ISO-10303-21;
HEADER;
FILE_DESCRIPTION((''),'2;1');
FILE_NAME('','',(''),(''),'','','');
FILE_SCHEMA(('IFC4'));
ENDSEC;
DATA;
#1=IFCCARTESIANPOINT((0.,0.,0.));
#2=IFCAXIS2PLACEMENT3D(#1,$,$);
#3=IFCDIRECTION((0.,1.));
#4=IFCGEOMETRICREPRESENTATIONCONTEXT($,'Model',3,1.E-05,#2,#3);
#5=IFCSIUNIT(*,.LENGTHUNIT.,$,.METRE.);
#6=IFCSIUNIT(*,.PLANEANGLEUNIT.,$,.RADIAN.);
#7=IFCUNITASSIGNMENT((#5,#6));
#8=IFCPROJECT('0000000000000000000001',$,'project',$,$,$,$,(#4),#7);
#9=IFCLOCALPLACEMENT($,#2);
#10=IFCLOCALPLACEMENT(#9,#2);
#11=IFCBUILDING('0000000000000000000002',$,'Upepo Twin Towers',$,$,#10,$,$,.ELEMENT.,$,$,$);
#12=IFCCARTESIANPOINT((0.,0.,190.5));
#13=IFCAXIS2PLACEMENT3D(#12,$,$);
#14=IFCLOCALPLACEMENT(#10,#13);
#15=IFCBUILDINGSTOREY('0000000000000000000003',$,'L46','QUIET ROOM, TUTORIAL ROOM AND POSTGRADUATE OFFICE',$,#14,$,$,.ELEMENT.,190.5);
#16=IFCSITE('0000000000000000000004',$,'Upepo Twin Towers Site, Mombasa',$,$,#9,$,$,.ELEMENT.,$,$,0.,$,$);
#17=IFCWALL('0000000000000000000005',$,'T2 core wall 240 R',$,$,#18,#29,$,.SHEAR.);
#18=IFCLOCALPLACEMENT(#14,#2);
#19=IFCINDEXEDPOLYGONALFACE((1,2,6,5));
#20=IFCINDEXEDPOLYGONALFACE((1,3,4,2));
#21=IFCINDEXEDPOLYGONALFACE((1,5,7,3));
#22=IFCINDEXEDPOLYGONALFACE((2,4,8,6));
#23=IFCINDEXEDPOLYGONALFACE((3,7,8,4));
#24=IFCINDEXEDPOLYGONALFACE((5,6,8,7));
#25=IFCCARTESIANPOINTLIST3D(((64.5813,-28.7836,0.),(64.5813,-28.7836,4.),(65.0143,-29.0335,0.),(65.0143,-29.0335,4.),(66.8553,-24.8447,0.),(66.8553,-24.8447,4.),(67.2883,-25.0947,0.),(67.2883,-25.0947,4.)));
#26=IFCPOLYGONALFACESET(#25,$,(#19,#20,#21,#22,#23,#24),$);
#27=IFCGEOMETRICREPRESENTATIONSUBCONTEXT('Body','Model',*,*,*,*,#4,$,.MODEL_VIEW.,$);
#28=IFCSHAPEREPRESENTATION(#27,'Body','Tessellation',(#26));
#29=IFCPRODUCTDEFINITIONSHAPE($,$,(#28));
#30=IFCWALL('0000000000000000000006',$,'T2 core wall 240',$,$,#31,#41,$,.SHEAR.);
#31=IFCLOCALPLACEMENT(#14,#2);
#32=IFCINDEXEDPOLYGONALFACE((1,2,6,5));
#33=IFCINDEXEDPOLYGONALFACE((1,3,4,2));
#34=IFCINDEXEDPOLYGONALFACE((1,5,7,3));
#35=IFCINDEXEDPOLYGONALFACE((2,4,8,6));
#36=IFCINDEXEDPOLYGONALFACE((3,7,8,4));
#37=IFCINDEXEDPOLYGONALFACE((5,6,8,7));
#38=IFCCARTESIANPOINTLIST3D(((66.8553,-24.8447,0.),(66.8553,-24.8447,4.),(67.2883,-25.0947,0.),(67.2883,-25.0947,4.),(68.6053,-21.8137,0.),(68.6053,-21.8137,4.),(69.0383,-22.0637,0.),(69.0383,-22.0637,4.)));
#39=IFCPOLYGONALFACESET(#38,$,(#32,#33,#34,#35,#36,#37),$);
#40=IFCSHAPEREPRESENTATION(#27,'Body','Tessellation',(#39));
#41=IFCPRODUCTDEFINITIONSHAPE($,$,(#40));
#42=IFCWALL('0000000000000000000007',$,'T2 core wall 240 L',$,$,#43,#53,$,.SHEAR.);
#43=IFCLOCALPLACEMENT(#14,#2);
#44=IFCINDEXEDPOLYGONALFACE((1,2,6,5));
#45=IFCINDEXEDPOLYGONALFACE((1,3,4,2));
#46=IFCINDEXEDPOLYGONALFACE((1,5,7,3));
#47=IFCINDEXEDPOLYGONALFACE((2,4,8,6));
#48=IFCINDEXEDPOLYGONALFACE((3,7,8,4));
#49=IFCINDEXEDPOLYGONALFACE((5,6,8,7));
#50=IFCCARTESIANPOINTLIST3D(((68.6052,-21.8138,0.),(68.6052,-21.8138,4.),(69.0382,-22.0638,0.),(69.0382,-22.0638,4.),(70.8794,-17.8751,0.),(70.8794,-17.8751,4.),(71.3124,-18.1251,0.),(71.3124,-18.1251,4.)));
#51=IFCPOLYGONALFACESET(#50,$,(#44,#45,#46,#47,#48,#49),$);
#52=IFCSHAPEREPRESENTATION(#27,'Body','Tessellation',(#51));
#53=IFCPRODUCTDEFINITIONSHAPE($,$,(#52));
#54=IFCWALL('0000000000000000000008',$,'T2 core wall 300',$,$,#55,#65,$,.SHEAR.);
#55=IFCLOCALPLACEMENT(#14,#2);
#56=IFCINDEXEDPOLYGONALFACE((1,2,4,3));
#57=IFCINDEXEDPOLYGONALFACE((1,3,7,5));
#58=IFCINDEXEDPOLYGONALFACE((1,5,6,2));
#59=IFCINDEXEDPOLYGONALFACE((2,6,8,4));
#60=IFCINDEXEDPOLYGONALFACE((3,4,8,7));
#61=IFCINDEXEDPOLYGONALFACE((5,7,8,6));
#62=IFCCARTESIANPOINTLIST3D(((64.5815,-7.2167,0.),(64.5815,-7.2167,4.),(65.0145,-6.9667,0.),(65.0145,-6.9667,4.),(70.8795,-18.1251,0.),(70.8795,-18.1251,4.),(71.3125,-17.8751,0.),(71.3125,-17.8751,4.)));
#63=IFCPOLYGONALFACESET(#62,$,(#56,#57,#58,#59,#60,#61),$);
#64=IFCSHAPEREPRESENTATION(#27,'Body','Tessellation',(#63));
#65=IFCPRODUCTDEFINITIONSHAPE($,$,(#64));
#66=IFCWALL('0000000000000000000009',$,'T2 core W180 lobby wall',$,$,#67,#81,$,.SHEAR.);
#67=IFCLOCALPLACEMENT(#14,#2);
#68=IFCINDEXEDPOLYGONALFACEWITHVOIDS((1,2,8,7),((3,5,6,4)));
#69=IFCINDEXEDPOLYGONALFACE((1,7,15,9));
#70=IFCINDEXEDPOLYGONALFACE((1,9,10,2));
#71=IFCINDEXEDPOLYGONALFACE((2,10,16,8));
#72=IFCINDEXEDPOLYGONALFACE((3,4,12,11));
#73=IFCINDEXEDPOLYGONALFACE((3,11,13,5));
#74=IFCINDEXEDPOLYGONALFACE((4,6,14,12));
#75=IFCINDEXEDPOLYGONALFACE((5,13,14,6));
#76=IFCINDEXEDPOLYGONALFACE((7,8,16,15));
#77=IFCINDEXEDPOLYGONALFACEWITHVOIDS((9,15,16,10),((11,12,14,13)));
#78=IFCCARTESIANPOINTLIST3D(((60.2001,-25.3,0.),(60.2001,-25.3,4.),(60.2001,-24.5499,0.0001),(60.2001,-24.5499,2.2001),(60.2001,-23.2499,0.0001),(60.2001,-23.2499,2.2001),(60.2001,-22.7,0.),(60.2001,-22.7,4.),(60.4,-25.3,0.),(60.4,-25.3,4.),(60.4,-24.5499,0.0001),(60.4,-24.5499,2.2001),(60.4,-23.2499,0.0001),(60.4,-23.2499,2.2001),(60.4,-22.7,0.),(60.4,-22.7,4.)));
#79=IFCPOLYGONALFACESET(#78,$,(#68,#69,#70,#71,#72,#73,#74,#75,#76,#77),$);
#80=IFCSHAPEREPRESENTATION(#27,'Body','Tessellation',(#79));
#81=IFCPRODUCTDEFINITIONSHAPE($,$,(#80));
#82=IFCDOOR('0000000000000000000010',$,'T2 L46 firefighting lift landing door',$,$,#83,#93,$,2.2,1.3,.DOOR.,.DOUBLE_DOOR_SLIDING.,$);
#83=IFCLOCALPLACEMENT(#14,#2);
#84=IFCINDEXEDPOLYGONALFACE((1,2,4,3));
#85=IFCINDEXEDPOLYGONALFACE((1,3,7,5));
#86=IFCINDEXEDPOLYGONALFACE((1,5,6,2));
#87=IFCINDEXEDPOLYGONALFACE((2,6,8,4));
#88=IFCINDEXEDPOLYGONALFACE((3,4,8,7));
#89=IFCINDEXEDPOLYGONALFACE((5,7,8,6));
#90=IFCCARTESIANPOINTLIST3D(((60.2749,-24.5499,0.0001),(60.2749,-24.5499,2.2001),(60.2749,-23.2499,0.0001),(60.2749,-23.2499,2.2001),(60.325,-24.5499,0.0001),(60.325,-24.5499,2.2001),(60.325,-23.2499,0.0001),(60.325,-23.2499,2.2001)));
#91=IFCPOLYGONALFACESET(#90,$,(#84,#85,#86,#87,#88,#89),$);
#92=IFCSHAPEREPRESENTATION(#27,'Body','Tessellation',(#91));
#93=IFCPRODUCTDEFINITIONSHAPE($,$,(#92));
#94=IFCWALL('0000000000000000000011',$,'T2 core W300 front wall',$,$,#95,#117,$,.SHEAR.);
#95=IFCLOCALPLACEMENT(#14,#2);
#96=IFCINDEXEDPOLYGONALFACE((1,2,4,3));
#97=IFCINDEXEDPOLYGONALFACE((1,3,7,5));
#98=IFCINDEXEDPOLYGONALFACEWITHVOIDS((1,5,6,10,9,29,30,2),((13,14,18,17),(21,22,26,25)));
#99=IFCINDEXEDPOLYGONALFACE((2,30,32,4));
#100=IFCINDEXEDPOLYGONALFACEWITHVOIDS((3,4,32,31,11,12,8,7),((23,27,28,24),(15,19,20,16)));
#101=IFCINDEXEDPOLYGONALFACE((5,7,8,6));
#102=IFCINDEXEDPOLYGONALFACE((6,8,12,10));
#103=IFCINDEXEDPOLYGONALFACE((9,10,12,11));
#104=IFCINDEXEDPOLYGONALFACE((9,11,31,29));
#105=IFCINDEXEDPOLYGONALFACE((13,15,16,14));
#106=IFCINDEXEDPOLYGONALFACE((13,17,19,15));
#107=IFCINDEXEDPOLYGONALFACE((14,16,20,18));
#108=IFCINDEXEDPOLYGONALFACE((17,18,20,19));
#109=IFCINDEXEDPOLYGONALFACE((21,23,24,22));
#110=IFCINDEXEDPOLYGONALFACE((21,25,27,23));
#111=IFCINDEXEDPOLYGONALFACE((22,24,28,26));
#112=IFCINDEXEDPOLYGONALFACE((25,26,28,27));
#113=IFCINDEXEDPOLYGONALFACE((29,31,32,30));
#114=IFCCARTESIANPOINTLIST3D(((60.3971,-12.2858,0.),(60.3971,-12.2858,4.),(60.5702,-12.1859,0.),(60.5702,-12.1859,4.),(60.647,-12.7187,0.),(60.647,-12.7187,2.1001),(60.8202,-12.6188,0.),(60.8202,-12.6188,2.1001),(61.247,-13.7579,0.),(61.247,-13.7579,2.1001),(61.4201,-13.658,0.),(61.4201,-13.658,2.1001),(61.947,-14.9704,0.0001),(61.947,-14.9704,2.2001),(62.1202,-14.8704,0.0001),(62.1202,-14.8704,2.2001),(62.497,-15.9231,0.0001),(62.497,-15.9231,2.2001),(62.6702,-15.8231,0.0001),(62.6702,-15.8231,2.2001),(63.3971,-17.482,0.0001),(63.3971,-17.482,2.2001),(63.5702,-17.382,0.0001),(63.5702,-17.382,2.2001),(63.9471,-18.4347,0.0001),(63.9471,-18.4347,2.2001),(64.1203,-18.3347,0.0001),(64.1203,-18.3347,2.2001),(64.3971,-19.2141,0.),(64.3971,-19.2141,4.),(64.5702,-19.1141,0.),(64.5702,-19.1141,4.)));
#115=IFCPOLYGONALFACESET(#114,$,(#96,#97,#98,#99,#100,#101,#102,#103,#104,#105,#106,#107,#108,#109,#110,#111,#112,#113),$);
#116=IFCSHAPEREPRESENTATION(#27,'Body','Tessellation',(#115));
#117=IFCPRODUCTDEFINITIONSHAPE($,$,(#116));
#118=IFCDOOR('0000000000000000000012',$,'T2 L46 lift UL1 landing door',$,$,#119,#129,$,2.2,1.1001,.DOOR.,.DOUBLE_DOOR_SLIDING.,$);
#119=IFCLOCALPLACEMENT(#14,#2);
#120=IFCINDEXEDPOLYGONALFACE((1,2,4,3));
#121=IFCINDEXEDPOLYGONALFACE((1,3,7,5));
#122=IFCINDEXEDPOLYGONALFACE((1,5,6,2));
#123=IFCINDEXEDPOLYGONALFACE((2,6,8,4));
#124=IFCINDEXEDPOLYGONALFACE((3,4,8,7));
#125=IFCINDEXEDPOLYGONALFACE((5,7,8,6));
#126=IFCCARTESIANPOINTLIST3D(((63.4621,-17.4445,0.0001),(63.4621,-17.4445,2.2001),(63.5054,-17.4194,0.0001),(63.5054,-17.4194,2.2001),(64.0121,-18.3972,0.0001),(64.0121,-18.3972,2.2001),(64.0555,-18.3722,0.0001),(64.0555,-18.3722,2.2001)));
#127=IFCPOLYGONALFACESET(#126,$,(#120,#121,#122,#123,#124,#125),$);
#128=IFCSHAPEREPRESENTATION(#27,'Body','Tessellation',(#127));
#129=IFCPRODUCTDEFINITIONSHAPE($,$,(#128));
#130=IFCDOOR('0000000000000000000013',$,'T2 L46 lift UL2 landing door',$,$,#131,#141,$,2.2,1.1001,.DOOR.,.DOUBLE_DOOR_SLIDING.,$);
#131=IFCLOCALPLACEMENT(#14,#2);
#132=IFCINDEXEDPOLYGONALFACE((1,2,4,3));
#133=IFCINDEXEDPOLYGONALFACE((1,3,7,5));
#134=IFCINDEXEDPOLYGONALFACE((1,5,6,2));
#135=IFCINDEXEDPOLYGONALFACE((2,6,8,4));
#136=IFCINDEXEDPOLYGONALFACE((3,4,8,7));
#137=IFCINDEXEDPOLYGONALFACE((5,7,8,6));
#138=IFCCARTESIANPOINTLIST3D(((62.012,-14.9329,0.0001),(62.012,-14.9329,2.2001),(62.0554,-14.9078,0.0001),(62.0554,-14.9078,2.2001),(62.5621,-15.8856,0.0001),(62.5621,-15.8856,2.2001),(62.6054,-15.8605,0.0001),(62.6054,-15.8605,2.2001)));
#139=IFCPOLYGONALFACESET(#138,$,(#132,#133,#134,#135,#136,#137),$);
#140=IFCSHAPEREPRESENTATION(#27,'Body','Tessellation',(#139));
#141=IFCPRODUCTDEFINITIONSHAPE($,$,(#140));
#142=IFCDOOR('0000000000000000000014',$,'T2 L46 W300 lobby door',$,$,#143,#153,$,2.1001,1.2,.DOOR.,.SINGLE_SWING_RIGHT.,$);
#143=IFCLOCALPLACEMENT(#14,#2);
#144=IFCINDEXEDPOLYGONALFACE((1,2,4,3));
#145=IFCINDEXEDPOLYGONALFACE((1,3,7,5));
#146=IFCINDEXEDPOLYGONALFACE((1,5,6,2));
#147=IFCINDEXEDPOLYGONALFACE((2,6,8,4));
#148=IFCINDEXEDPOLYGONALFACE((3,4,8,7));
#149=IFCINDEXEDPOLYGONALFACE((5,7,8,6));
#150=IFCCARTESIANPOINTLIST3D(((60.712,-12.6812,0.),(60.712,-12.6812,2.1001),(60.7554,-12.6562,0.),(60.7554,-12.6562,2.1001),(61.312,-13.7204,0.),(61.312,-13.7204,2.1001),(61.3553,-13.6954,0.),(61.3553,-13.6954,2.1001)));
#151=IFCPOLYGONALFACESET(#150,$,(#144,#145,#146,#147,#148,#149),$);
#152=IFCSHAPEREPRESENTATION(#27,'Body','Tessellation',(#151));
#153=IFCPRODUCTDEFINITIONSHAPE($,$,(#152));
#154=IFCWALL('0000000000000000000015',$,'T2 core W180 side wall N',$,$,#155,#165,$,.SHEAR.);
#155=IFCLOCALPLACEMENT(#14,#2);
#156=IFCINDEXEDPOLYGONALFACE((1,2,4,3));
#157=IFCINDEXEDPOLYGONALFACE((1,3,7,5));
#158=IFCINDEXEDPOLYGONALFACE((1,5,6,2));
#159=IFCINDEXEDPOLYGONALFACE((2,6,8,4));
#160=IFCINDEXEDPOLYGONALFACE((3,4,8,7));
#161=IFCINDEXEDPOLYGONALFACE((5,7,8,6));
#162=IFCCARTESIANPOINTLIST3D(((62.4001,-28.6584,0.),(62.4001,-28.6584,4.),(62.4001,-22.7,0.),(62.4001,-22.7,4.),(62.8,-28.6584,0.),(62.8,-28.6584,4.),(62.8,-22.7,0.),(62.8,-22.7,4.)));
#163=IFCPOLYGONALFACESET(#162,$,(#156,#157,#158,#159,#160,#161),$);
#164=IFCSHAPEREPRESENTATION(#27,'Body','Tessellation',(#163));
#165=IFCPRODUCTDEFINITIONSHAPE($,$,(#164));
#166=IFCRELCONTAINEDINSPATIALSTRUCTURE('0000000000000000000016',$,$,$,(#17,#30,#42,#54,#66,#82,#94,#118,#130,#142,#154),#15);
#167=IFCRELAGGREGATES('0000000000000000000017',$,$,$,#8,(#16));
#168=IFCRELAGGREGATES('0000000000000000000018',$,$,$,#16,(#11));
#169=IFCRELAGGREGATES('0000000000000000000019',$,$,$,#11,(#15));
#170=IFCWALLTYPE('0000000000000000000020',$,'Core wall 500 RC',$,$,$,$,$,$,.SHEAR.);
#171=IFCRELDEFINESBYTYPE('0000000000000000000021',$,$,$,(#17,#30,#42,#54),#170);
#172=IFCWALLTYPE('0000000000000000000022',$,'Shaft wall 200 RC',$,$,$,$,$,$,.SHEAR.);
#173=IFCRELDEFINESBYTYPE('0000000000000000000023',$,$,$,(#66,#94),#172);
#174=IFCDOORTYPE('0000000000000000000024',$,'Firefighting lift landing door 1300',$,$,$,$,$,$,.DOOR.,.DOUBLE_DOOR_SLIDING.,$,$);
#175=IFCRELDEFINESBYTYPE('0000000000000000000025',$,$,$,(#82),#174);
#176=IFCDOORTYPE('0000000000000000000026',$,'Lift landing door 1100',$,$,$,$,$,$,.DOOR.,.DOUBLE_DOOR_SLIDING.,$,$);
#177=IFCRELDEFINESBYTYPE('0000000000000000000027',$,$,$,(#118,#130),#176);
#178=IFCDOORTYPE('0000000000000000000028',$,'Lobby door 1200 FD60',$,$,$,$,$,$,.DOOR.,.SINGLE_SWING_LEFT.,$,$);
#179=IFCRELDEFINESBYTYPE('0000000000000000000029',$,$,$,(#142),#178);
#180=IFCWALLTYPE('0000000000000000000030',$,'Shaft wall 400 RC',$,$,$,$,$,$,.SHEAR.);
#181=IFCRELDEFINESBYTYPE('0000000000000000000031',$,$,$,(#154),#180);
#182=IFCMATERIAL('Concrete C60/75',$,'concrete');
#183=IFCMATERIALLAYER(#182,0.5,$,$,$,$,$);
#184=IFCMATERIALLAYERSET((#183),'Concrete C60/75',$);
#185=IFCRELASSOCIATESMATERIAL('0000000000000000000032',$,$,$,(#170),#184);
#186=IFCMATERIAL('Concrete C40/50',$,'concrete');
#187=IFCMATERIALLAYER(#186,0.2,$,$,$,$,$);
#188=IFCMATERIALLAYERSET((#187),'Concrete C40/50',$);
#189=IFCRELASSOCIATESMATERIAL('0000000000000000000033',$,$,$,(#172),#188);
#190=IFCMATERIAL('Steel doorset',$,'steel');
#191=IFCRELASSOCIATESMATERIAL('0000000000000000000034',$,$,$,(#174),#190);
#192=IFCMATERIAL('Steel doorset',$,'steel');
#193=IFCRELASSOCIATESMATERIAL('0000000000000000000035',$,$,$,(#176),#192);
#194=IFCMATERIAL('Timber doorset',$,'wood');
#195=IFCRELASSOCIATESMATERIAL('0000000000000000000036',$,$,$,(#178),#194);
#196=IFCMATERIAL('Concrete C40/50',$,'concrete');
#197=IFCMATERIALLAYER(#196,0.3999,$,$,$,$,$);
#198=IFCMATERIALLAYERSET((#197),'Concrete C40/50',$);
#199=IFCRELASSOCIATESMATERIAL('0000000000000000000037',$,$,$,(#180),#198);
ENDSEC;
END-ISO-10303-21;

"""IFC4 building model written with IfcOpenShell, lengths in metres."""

from ifc_helpers import new_model, si_unit, direction, frame, frame_2d, origin, place, context, subcontext, project, spatial, rectangle, extrude, material, layer, layer_set, type_object, element, fill, save


model = new_model("IFC4")

# Units and contexts
model_context = context("Model", 3, precision=1e-05, world=origin(), true_north=direction((0.0, 1.0)))
body_context = subcontext(model_context, "Body", "Model", "MODEL_VIEW")
ifc_project = project(units=[si_unit("LENGTHUNIT", "METRE"), si_unit("PLANEANGLEUNIT", "RADIAN")], contexts=[model_context])

# Site, building, storey
site_placement = place(None, origin())
site = spatial("IfcSite", under=ifc_project, at=site_placement, Name="Upepo Twin Towers Site, Mombasa", CompositionType="ELEMENT", RefElevation=0.0)
building_placement = place(site_placement, origin())
building = spatial("IfcBuilding", under=site, at=building_placement, Name="Upepo Twin Towers", CompositionType="ELEMENT")
storey_placement = place(building_placement, frame((0.0, 0.0, 190.5)))
storey = spatial("IfcBuildingStorey", under=building, at=storey_placement, Name="L46", Description="QUIET ROOM, TUTORIAL ROOM AND POSTGRADUATE OFFICE", CompositionType="ELEMENT", Elevation=190.5)

# Walls
ifc_material_1 = material(Name="Concrete C60/75", Category="concrete")
ifc_layer_1 = layer(ifc_material_1, 0.5)
ifc_layer_set_1 = layer_set([ifc_layer_1], Name="Concrete C60/75")
wall_type_1 = type_object("IfcWallType", Name="Core wall 500 RC", PredefinedType="SHEAR", material=ifc_layer_set_1)
wall_1_placement = place(storey_placement, frame((64.7979, -28.9084, 0.0), z_axis=(0.0, 0.0, 1.0), x_axis=(0.499984, 0.866035, 0.0)))
element("IfcWall", 1, at=wall_1_placement, inside=storey, type_object=wall_type_1, Name="T2 core wall 240 R", PredefinedType="SHEAR", context=body_context, shape_type="SweptSolid", body=[
    extrude(rectangle(XDim=4.5481, YDim=0.5, at=frame_2d((2.2739, 0.0))), origin(), (0.0, 0.0, 1.0), 4.0),
])
wall_2_placement = place(storey_placement, frame((67.0718, -24.9697, 0.0), z_axis=(0.0, 0.0, 1.0), x_axis=(0.50001, 0.866019, 0.0)))
element("IfcWall", 2, at=wall_2_placement, inside=storey, type_object=wall_type_1, Name="T2 core wall 240", PredefinedType="SHEAR", context=body_context, shape_type="SweptSolid", body=[
    extrude(rectangle(XDim=3.5, YDim=0.5, at=frame_2d((1.75, 0.0))), origin(), (0.0, 0.0, 1.0), 4.0),
])
wall_3_placement = place(storey_placement, frame((68.8218, -21.9387, 0.0), z_axis=(0.0, 0.0, 1.0), x_axis=(0.500024, 0.866011, 0.0)))
element("IfcWall", 3, at=wall_3_placement, inside=storey, type_object=wall_type_1, Name="T2 core wall 240 L", PredefinedType="SHEAR", context=body_context, shape_type="SweptSolid", body=[
    extrude(rectangle(XDim=4.5481, YDim=0.5, at=frame_2d((2.2739, 0.0))), origin(), (0.0, 0.0, 1.0), 4.0),
])
wall_4_placement = place(storey_placement, frame((71.0959, -18.0, 0.0), z_axis=(0.0, 0.0, 1.0), x_axis=(-0.500006, 0.866022, 0.0)))
element("IfcWall", 4, at=wall_4_placement, inside=storey, type_object=wall_type_1, Name="T2 core wall 300", PredefinedType="SHEAR", context=body_context, shape_type="SweptSolid", body=[
    extrude(rectangle(XDim=12.5959, YDim=0.5, at=frame_2d((6.2979, 0.0))), origin(), (0.0, 0.0, 1.0), 4.0),
])

# Wall, opening, door
ifc_material_2 = material(Name="Concrete C40/50", Category="concrete")
ifc_layer_2 = layer(ifc_material_2, 0.2)
ifc_layer_set_2 = layer_set([ifc_layer_2], Name="Concrete C40/50")
wall_type_2 = type_object("IfcWallType", Name="Shaft wall 200 RC", PredefinedType="SHEAR", material=ifc_layer_set_2)
wall_5_placement = place(storey_placement, frame((60.3, -22.7, 0.0), z_axis=(0.0, 0.0, 1.0), x_axis=(0.0, -1.0, 0.0)))
wall_5 = element("IfcWall", 5, at=wall_5_placement, inside=storey, type_object=wall_type_2, Name="T2 core W180 lobby wall", PredefinedType="SHEAR", context=body_context, shape_type="SweptSolid", body=[
    extrude(rectangle(XDim=2.6001, YDim=0.2, at=frame_2d((1.3, 0.0))), origin(), (0.0, 0.0, 1.0), 4.0),
])
opening_1_placement = place(wall_5_placement, frame((0.55, 0.0, 0.0)))
opening_1 = element("IfcOpeningElement", 6, at=opening_1_placement, cuts=wall_5, PredefinedType="OPENING", context=body_context, shape_type="SweptSolid", body=[
    extrude(rectangle(XDim=1.3, YDim=2.2, at=frame_2d((0.6499, 1.1001))), frame((0.0, 0.1099, 0.0), z_axis=(0.0, -1.0, 0.0), x_axis=(1.0, 0.0, 0.0)), (0.0, 0.0, 1.0), 0.22),
])
ifc_material_3 = material(Name="Steel doorset", Category="steel")
door_type_1 = type_object("IfcDoorType", Name="Firefighting lift landing door 1300", OperationType="DOUBLE_DOOR_SLIDING", PredefinedType="DOOR", material=ifc_material_3)
door_1_placement = place(opening_1_placement, origin())
door_1 = element("IfcDoor", 7, at=door_1_placement, inside=storey, type_object=door_type_1, Name="T2 L46 firefighting lift landing door", OperationType="DOUBLE_DOOR_SLIDING", OverallHeight=2.2, OverallWidth=1.3, PredefinedType="DOOR", context=body_context, shape_type="SweptSolid", body=[
    extrude(rectangle(XDim=1.3, YDim=2.2, at=frame_2d((0.6499, 1.1001))), frame((0.0, 0.0249, 0.0), z_axis=(0.0, -1.0, 0.0), x_axis=(1.0, 0.0, 0.0)), (0.0, 0.0, 1.0), 0.05),
])
fill(opening_1, door_1)

# Wall, openings, doors
wall_6_placement = place(storey_placement, frame((64.4836, -19.1641, 0.0), z_axis=(0.0, 0.0, 1.0), x_axis=(-0.499999, 0.866026, 0.0)))
wall_6 = element("IfcWall", 8, at=wall_6_placement, inside=storey, type_object=wall_type_2, Name="T2 core W300 front wall", PredefinedType="SHEAR", context=body_context, shape_type="SweptSolid", body=[
    extrude(rectangle(XDim=8.0, YDim=0.2, at=frame_2d((4.0, 0.0))), origin(), (0.0, 0.0, 1.0), 4.0),
])
opening_2_placement = place(wall_6_placement, frame((6.3, 0.0, 0.0)))
opening_2 = element("IfcOpeningElement", 9, at=opening_2_placement, cuts=wall_6, PredefinedType="OPENING", context=body_context, shape_type="SweptSolid", body=[
    extrude(rectangle(XDim=1.2, YDim=2.1001, at=frame_2d((0.6001, 1.05))), frame((0.0, 0.1099, 0.0), z_axis=(0.0, -1.0, 0.0), x_axis=(1.0, 0.0, 0.0)), (0.0, 0.0, 1.0), 0.22),
])
opening_3_placement = place(wall_6_placement, frame((0.8999, 0.0, 0.0)))
opening_3 = element("IfcOpeningElement", 10, at=opening_3_placement, cuts=wall_6, PredefinedType="OPENING", context=body_context, shape_type="SweptSolid", body=[
    extrude(rectangle(XDim=1.1001, YDim=2.2, at=frame_2d((0.55, 1.1001))), frame((0.0, 0.1099, 0.0), z_axis=(0.0, -1.0, 0.0), x_axis=(1.0, 0.0, 0.0)), (0.0, 0.0, 1.0), 0.22),
])
opening_4_placement = place(wall_6_placement, frame((3.8, 0.0, 0.0)))
opening_4 = element("IfcOpeningElement", 11, at=opening_4_placement, cuts=wall_6, PredefinedType="OPENING", context=body_context, shape_type="SweptSolid", body=[
    extrude(rectangle(XDim=1.1001, YDim=2.2, at=frame_2d((0.55, 1.1001))), frame((0.0, 0.1099, 0.0), z_axis=(0.0, -1.0, 0.0), x_axis=(1.0, 0.0, 0.0)), (0.0, 0.0, 1.0), 0.22),
])
ifc_material_4 = material(Name="Steel doorset", Category="steel")
door_type_2 = type_object("IfcDoorType", Name="Lift landing door 1100", OperationType="DOUBLE_DOOR_SLIDING", PredefinedType="DOOR", material=ifc_material_4)
door_2_placement = place(opening_3_placement, origin())
door_2 = element("IfcDoor", 12, at=door_2_placement, inside=storey, type_object=door_type_2, Name="T2 L46 lift UL1 landing door", OperationType="DOUBLE_DOOR_SLIDING", OverallHeight=2.2, OverallWidth=1.1001, PredefinedType="DOOR", context=body_context, shape_type="SweptSolid", body=[
    extrude(rectangle(XDim=1.1001, YDim=2.2, at=frame_2d((0.55, 1.1001))), frame((0.0, 0.0249, 0.0), z_axis=(0.0, -1.0, 0.0), x_axis=(1.0, 0.0, 0.0)), (0.0, 0.0, 1.0), 0.05),
])
fill(opening_3, door_2)
door_3_placement = place(opening_4_placement, origin())
door_3 = element("IfcDoor", 13, at=door_3_placement, inside=storey, type_object=door_type_2, Name="T2 L46 lift UL2 landing door", OperationType="DOUBLE_DOOR_SLIDING", OverallHeight=2.2, OverallWidth=1.1001, PredefinedType="DOOR", context=body_context, shape_type="SweptSolid", body=[
    extrude(rectangle(XDim=1.1001, YDim=2.2, at=frame_2d((0.55, 1.1001))), frame((0.0, 0.0249, 0.0), z_axis=(0.0, -1.0, 0.0), x_axis=(1.0, 0.0, 0.0)), (0.0, 0.0, 1.0), 0.05),
])
fill(opening_4, door_3)
ifc_material_5 = material(Name="Timber doorset", Category="wood")
door_type_3 = type_object("IfcDoorType", Name="Lobby door 1200 FD60", OperationType="SINGLE_SWING_LEFT", PredefinedType="DOOR", material=ifc_material_5)
door_4_placement = place(opening_2_placement, origin())
door_4 = element("IfcDoor", 14, at=door_4_placement, inside=storey, type_object=door_type_3, Name="T2 L46 W300 lobby door", OperationType="SINGLE_SWING_RIGHT", OverallHeight=2.1001, OverallWidth=1.2, PredefinedType="DOOR", context=body_context, shape_type="SweptSolid", body=[
    extrude(rectangle(XDim=1.2, YDim=2.1001, at=frame_2d((0.6001, 1.05))), frame((0.0, 0.0249, 0.0), z_axis=(0.0, -1.0, 0.0), x_axis=(1.0, 0.0, 0.0)), (0.0, 0.0, 1.0), 0.05),
])
fill(opening_2, door_4)

# Wall
ifc_material_6 = material(Name="Concrete C40/50", Category="concrete")
ifc_layer_3 = layer(ifc_material_6, 0.3999)
ifc_layer_set_3 = layer_set([ifc_layer_3], Name="Concrete C40/50")
wall_type_3 = type_object("IfcWallType", Name="Shaft wall 400 RC", PredefinedType="SHEAR", material=ifc_layer_set_3)
wall_7_placement = place(storey_placement, frame((62.6001, -22.7, 0.0), z_axis=(0.0, 0.0, 1.0), x_axis=(0.0, -1.0, 0.0)))
element("IfcWall", 15, at=wall_7_placement, inside=storey, type_object=wall_type_3, Name="T2 core W180 side wall N", PredefinedType="SHEAR", context=body_context, shape_type="SweptSolid", body=[
    extrude(rectangle(XDim=5.9585, YDim=0.3999, at=frame_2d((2.9792, 0.0))), origin(), (0.0, 0.0, 1.0), 4.0),
])

save(model, "model.ifc")
